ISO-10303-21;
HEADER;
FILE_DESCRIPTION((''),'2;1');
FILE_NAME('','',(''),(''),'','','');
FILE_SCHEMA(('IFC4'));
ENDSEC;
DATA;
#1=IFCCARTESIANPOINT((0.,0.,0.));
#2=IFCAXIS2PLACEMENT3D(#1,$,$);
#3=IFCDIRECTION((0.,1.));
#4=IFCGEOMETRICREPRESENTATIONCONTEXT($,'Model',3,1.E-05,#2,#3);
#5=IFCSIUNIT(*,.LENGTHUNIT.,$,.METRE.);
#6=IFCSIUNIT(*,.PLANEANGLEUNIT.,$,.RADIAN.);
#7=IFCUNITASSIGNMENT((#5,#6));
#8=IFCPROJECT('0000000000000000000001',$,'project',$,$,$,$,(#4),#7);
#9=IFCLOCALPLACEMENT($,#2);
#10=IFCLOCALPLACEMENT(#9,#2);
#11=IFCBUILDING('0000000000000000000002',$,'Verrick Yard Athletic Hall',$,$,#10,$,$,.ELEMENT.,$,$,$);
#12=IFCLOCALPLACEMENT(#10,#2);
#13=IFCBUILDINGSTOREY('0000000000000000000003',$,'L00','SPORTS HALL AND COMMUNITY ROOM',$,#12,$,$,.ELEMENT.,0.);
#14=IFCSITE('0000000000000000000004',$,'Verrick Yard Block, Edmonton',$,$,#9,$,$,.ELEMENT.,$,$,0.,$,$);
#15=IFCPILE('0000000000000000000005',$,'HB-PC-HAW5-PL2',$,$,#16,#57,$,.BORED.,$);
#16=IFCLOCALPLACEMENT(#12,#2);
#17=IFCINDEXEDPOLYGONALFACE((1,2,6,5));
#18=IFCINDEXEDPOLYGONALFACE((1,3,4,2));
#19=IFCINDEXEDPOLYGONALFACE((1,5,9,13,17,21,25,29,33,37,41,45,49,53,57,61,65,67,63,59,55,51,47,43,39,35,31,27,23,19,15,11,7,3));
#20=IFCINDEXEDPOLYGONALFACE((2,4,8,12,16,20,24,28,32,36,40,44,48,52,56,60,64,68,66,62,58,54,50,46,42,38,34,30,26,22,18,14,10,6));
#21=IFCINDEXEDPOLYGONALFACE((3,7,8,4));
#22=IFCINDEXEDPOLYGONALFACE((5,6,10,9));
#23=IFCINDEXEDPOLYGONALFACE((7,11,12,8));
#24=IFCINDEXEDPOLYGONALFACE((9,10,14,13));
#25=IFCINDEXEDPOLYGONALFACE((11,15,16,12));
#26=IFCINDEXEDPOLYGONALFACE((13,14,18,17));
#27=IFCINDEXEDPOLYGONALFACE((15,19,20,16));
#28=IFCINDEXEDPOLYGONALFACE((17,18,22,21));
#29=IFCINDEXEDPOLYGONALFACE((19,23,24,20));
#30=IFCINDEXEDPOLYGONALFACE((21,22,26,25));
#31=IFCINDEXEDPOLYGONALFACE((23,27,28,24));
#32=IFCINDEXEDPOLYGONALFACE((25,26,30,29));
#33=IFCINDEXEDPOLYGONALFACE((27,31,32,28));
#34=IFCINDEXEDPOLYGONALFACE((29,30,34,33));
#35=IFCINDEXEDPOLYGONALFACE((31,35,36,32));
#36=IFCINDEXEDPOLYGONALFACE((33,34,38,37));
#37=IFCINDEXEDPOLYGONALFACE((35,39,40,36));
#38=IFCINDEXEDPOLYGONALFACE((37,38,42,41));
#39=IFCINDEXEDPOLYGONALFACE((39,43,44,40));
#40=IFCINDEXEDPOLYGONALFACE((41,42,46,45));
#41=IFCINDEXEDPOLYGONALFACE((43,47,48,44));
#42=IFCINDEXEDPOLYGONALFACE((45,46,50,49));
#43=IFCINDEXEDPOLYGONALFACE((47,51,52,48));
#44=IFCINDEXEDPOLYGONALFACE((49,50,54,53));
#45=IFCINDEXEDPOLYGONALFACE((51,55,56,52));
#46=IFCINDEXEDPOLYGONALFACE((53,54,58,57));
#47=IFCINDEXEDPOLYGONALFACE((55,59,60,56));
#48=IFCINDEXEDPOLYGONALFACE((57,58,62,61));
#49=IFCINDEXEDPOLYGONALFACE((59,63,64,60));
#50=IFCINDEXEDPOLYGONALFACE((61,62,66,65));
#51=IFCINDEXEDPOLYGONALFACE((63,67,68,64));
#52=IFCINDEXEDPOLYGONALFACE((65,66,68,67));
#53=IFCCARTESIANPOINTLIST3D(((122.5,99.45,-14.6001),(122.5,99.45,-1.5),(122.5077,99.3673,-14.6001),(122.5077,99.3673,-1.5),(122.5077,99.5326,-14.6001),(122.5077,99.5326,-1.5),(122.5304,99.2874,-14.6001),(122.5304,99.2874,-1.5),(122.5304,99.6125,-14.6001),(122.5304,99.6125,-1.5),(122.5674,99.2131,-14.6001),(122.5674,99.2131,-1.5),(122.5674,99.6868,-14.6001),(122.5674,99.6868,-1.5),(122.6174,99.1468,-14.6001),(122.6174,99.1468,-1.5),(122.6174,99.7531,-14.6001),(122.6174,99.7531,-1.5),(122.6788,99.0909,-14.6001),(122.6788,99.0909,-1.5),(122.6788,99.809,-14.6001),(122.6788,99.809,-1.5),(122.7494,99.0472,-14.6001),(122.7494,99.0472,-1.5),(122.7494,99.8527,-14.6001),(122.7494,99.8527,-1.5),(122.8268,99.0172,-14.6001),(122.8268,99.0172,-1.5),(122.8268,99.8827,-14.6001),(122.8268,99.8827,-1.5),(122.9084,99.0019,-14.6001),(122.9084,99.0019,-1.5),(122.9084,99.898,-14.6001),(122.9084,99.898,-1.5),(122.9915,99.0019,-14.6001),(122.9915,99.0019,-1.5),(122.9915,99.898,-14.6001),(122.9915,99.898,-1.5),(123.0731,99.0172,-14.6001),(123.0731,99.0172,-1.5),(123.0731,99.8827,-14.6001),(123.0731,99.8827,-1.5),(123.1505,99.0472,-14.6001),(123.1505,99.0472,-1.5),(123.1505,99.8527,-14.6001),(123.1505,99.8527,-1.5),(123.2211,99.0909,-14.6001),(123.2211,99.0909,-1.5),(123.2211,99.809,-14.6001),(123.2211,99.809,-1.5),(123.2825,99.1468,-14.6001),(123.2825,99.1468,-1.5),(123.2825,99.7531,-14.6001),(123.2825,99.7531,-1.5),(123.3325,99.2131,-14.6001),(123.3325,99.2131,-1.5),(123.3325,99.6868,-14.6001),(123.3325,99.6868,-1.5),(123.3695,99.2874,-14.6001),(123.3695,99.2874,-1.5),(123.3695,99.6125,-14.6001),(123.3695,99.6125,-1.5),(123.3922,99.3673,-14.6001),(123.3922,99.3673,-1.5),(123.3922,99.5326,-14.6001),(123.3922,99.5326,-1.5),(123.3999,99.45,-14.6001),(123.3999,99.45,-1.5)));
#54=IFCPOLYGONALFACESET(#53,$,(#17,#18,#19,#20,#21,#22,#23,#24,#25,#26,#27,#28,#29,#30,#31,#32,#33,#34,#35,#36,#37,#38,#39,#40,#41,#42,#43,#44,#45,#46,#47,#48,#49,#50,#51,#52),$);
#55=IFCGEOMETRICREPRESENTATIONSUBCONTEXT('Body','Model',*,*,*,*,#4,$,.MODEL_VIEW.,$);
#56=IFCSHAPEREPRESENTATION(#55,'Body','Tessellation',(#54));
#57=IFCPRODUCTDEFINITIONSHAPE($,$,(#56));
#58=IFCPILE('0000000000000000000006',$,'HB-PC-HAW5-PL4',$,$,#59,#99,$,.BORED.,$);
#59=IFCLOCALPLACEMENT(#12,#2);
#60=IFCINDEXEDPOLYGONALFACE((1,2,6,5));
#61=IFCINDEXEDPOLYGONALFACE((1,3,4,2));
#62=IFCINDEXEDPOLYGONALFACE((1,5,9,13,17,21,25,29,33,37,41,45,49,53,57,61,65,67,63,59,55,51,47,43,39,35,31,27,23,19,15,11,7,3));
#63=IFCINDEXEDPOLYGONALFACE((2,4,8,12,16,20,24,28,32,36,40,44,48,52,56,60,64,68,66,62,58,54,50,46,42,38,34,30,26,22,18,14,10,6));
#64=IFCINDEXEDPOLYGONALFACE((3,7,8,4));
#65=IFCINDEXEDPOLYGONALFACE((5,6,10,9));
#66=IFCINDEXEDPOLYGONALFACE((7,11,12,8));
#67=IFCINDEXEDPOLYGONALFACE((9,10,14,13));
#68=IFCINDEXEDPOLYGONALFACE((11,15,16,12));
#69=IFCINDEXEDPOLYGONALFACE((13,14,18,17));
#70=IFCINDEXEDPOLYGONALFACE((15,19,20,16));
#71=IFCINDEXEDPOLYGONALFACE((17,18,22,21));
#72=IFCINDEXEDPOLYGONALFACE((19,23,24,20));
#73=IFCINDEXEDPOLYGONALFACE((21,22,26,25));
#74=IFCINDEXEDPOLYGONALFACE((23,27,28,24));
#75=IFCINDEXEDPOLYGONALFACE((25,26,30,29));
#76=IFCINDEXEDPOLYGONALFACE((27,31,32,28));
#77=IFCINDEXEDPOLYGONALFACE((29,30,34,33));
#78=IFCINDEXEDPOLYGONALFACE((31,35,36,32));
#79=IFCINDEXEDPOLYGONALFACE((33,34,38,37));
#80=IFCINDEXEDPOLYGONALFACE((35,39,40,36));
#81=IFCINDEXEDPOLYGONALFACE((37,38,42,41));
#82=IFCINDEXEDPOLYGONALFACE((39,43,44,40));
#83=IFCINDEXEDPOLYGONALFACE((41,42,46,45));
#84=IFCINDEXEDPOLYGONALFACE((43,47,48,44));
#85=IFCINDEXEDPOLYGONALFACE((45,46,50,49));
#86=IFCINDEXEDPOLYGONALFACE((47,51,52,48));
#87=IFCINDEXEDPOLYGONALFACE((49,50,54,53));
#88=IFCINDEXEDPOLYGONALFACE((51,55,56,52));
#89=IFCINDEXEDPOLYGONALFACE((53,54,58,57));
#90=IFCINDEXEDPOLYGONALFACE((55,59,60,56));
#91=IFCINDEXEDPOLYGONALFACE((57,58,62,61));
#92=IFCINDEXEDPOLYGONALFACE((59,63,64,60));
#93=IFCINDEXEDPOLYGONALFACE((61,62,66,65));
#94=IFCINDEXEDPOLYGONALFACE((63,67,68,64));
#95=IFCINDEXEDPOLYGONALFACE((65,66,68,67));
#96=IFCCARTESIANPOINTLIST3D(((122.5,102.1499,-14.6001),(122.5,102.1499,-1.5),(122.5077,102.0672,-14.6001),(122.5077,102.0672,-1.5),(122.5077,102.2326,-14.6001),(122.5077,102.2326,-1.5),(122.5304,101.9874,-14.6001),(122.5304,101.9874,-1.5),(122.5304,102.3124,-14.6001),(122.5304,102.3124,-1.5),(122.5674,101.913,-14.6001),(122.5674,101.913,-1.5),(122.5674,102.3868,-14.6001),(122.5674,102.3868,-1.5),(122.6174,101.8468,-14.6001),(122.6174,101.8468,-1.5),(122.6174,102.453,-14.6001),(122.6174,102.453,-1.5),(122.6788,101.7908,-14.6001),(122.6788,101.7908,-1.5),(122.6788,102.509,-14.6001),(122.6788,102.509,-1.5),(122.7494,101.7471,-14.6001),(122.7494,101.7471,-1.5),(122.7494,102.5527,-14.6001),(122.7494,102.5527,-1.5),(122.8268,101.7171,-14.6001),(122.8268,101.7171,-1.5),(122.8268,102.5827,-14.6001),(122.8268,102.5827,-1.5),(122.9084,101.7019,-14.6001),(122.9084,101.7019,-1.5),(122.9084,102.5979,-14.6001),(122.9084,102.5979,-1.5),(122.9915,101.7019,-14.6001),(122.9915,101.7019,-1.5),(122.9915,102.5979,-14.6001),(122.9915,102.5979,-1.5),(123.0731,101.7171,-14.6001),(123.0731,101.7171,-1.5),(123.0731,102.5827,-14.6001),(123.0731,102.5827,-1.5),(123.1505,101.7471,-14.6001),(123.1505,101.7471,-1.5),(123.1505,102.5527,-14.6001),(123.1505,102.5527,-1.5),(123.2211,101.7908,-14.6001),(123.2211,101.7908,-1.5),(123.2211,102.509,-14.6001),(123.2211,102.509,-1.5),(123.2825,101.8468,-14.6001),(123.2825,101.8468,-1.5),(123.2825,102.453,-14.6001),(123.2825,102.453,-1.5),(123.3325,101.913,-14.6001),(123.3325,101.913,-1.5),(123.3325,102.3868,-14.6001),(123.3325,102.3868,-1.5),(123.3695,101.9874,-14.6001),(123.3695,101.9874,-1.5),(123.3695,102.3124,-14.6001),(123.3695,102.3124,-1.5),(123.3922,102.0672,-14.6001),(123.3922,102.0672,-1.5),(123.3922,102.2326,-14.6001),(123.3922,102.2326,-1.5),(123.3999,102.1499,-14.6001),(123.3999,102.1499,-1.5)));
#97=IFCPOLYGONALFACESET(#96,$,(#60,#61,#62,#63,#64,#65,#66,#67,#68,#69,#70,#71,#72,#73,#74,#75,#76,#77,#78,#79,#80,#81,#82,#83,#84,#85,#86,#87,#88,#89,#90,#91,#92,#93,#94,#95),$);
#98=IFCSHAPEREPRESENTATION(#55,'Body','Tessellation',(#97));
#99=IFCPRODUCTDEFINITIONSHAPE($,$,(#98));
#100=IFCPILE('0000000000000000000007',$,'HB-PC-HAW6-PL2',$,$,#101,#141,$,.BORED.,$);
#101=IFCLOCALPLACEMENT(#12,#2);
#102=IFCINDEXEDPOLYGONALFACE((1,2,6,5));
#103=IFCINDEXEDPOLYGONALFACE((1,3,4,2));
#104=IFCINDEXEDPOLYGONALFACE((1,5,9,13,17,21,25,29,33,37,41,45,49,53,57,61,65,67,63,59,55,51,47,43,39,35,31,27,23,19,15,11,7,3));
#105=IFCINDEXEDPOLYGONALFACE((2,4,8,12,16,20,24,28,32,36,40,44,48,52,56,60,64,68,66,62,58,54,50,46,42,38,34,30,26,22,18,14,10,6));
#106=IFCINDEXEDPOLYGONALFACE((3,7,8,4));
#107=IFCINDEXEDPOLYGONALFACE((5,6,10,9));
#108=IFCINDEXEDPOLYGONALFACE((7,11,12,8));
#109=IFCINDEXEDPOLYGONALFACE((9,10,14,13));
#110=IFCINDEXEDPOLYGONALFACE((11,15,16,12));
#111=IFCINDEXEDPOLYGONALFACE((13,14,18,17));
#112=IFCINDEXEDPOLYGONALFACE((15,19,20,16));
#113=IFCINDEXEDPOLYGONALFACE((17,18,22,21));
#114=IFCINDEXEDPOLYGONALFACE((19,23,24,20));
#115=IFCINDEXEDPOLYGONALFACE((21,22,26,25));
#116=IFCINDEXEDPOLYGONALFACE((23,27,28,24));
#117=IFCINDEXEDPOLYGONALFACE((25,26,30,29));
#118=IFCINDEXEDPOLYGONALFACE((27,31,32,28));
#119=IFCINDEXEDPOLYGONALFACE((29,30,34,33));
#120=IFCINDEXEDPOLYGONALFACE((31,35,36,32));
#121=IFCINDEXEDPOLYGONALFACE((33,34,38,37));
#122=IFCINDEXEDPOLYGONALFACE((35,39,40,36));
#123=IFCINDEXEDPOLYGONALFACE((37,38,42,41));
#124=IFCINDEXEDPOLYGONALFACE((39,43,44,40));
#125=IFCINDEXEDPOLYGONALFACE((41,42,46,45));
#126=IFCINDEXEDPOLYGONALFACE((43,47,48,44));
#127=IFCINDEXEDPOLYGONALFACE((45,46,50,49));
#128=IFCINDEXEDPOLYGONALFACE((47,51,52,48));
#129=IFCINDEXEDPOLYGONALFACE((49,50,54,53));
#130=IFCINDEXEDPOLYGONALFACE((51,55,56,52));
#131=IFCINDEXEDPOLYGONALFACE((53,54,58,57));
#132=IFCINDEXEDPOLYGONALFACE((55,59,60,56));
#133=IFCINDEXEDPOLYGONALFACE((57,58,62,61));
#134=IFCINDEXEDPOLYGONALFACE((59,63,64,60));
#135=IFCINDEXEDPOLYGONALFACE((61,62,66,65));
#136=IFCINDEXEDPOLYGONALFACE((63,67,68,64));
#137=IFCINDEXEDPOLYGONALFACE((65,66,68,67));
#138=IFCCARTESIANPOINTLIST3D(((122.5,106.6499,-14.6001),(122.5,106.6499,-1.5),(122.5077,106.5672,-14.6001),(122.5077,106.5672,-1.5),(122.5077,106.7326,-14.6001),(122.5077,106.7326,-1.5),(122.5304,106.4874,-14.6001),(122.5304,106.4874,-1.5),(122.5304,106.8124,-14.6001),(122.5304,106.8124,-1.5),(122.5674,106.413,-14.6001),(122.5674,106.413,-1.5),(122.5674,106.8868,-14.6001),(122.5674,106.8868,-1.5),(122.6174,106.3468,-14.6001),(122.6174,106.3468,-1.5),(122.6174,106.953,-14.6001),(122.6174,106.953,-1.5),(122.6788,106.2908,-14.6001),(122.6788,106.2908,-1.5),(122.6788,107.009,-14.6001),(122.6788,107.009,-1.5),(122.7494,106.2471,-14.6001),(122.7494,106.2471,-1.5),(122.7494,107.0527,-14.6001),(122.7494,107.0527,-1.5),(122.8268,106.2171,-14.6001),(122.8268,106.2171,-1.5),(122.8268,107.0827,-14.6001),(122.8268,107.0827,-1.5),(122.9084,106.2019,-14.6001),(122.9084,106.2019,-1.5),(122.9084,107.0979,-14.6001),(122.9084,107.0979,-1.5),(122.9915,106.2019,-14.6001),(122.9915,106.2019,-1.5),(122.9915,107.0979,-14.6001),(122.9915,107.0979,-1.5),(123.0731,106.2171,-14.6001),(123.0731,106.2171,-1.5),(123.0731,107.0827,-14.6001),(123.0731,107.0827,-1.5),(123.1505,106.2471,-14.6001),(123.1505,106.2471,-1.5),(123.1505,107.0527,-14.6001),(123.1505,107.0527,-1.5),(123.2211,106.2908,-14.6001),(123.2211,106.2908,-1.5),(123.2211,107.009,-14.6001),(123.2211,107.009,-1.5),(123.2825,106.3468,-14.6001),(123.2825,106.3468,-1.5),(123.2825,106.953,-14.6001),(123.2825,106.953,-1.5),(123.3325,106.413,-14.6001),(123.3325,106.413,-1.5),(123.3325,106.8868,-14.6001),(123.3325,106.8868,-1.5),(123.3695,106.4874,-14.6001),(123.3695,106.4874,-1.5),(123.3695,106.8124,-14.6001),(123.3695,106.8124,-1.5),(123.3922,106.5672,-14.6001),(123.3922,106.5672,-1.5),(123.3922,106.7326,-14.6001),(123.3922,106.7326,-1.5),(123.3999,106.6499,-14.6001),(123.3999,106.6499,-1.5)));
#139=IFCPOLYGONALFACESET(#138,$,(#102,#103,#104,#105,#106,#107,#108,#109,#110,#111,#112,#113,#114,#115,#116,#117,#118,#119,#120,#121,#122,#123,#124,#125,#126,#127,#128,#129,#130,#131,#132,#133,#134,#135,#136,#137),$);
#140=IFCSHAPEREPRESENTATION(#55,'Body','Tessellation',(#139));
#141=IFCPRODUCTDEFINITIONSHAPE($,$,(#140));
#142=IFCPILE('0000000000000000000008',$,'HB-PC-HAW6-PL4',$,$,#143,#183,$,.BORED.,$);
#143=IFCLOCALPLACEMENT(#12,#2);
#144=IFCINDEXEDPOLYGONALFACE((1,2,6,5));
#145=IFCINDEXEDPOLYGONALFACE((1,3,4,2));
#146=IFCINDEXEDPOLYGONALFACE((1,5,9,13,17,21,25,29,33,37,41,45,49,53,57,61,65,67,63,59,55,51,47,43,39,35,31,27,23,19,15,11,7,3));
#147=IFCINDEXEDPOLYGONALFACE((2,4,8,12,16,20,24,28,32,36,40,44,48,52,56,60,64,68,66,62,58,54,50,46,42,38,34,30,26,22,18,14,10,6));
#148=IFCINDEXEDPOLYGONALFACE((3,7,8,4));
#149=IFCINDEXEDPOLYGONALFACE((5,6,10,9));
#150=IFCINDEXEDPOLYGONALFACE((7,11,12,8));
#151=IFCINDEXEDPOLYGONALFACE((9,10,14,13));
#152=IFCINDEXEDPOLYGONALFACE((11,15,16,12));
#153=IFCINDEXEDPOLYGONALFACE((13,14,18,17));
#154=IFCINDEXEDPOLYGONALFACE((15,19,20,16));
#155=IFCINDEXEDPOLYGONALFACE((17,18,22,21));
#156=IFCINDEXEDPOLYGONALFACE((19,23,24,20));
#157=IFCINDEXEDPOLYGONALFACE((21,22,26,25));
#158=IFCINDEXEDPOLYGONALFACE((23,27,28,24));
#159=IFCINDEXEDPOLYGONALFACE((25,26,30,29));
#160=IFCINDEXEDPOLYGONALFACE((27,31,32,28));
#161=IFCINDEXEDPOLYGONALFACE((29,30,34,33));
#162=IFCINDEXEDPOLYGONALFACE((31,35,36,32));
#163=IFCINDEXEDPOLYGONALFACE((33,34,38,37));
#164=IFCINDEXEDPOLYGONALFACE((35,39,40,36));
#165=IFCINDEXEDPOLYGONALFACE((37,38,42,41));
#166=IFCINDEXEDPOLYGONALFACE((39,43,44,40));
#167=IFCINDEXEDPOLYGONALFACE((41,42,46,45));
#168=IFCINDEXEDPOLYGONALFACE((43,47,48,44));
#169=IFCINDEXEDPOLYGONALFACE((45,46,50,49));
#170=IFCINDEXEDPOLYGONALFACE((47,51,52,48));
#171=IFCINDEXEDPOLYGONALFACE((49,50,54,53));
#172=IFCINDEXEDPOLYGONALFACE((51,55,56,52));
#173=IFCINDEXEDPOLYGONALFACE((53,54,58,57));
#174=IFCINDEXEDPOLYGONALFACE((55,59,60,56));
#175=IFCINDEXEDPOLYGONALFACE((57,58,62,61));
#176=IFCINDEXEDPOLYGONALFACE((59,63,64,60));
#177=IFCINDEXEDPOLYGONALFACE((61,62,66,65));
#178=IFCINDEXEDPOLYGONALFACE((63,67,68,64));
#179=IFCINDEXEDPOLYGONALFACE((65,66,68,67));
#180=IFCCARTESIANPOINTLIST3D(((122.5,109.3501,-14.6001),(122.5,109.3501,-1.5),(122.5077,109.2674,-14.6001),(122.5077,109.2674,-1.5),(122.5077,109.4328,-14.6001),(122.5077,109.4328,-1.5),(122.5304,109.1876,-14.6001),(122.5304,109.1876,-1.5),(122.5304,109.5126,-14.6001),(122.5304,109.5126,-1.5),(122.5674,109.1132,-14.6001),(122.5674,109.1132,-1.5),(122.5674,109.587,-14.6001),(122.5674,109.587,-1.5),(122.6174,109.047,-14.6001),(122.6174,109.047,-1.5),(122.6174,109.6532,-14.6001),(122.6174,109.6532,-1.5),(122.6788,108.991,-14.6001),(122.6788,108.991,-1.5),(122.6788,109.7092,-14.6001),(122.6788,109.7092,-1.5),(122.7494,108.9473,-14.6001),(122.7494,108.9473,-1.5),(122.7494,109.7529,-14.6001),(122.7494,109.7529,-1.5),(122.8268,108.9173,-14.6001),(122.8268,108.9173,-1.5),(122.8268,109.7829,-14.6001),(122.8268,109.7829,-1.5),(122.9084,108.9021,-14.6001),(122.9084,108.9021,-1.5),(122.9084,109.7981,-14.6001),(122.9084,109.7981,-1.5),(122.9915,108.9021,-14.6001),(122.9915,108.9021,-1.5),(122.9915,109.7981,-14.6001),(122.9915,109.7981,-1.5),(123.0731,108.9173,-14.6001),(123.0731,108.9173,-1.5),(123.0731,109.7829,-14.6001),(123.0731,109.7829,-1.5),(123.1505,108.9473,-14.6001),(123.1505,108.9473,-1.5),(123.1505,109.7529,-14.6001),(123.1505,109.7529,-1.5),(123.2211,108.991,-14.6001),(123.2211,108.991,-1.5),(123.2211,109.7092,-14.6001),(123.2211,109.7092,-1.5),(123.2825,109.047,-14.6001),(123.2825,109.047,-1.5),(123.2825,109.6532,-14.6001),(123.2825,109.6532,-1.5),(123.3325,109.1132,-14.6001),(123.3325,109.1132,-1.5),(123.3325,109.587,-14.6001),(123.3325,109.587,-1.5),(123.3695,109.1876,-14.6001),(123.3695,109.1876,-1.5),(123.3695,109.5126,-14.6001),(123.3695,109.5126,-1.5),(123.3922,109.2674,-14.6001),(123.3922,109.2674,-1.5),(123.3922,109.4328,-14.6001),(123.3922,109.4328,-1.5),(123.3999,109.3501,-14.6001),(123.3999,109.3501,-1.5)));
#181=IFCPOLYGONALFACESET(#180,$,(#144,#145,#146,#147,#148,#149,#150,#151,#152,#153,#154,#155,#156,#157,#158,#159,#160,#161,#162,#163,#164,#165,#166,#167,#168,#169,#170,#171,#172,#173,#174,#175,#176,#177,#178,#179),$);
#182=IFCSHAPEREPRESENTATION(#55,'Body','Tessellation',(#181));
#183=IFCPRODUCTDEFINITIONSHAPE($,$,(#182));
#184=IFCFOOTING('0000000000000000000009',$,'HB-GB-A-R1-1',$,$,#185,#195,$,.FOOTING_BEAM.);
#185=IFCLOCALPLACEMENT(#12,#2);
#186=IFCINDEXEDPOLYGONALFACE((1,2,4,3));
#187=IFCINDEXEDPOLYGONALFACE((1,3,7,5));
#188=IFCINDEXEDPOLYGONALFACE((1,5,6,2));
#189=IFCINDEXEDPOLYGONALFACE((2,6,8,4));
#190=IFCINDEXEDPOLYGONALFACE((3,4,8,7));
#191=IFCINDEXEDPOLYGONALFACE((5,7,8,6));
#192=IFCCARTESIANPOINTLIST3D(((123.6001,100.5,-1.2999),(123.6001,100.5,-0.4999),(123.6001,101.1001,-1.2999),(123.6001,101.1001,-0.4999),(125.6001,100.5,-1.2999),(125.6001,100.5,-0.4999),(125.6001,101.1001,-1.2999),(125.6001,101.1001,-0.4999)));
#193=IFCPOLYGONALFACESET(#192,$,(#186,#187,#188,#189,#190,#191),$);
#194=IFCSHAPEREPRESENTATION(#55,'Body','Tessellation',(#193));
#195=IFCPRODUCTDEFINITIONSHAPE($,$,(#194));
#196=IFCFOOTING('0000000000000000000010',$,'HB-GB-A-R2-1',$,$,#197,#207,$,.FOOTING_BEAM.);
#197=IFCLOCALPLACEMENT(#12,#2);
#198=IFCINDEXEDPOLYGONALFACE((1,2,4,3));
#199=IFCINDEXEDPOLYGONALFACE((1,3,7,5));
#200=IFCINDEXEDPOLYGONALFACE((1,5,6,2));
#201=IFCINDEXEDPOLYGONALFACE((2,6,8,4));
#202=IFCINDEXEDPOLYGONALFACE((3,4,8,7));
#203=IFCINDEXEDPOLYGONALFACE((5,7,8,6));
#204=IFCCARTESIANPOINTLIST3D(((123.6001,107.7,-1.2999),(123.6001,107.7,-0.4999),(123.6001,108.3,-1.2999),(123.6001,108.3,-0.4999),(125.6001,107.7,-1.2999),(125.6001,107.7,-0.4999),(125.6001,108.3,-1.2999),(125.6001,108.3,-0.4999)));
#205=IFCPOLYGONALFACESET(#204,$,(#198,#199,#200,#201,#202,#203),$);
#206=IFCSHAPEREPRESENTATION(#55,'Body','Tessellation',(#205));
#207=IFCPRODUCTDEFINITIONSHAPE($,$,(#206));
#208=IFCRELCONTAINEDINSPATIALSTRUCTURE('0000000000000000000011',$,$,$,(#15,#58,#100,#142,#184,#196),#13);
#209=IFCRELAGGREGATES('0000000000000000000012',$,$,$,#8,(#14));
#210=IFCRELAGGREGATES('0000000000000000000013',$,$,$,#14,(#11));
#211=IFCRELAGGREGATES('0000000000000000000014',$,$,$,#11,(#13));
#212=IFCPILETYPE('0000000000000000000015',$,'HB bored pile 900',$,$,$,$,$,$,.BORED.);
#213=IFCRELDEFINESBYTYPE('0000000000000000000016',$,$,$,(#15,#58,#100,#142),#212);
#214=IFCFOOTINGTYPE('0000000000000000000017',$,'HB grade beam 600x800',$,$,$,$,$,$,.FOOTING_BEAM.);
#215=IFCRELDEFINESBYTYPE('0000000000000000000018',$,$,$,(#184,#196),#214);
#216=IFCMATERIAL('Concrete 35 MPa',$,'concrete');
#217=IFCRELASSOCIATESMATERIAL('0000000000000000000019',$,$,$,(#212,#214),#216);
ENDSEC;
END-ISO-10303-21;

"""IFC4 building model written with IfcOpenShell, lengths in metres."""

from ifc_helpers import new_model, si_unit, direction, frame, origin, origin_2d, place, context, subcontext, project, spatial, rectangle, circle, extrude, material, material_profile, profile_set, type_object, element, save


model = new_model("IFC4")

# Units and contexts
model_context = context("Model", 3, precision=1e-05, world=origin(), true_north=direction((0.0, 1.0)))
body_context = subcontext(model_context, "Body", "Model", "MODEL_VIEW")
ifc_project = project(units=[si_unit("LENGTHUNIT", "METRE"), si_unit("PLANEANGLEUNIT", "RADIAN")], contexts=[model_context])

# Site, building, storey
site_placement = place(None, origin())
site = spatial("IfcSite", under=ifc_project, at=site_placement, Name="Verrick Yard Block, Edmonton", CompositionType="ELEMENT", RefElevation=0.0)
building_placement = place(site_placement, origin())
building = spatial("IfcBuilding", under=site, at=building_placement, Name="Verrick Yard Athletic Hall", CompositionType="ELEMENT")
storey_placement = place(building_placement, origin())
storey = spatial("IfcBuildingStorey", under=building, at=storey_placement, Name="L00", Description="SPORTS HALL AND COMMUNITY ROOM", CompositionType="ELEMENT", Elevation=0.0)

# Piles
ifc_material_1 = material(Name="Concrete 35 MPa", Category="concrete")
ifc_material_profile_1 = material_profile(ifc_material_1, circle(Radius=0.45, at=origin_2d()), Name="Bored pile 900")
ifc_profile_set_1 = profile_set([ifc_material_profile_1], Name="Concrete 35 MPa")
pile_type = type_object("IfcPileType", Name="HB bored pile 900", PredefinedType="BORED", material=ifc_profile_set_1)
for number, where, z_axis, x_axis, name in (
    (1, (122.95, 99.45, -1.5), (0.0, 0.0, -1.0), (1.0, 0.0, 0.0), "HB-PC-HAW5-PL2"),
    (2, (122.95, 102.1499, -1.5), (0.0, 0.0, -1.0), (1.0, 0.0, 0.0), "HB-PC-HAW5-PL4"),
    (3, (122.95, 106.6499, -1.5), (0.0, 0.0, -1.0), (1.0, 0.0, 0.0), "HB-PC-HAW6-PL2"),
    (4, (122.95, 109.3501, -1.5), (0.0, 0.0, -1.0), (1.0, 0.0, 0.0), "HB-PC-HAW6-PL4"),
):
    element("IfcPile", number, at=place(storey_placement, frame(where, z_axis=z_axis, x_axis=x_axis)), inside=storey, type_object=pile_type, Name=name, PredefinedType="BORED", context=body_context, shape_type="SweptSolid", body=[
        extrude(circle(Radius=0.45, at=origin_2d()), origin(), (0.0, 0.0, 1.0), 13.1001),
    ])

# Footings
ifc_material_profile_2 = material_profile(ifc_material_1, rectangle(XDim=0.6001, YDim=0.8, at=origin_2d()), Name="Grade beam 600x800")
ifc_profile_set_2 = profile_set([ifc_material_profile_2], Name="Concrete 35 MPa")
footing_type = type_object("IfcFootingType", Name="HB grade beam 600x800", PredefinedType="FOOTING_BEAM", material=ifc_profile_set_2)
for number, where, z_axis, x_axis, name in (
    (5, (123.6001, 100.8, -0.8999), (1.0, 0.0, 0.0), (0.0, 1.0, 0.0), "HB-GB-A-R1-1"),
    (6, (123.6001, 108.0, -0.8999), (1.0, 0.0, 0.0), (0.0, 1.0, 0.0), "HB-GB-A-R2-1"),
):
    element("IfcFooting", number, at=place(storey_placement, frame(where, z_axis=z_axis, x_axis=x_axis)), inside=storey, type_object=footing_type, Name=name, PredefinedType="FOOTING_BEAM", context=body_context, shape_type="SweptSolid", body=[
        extrude(rectangle(XDim=0.6001, YDim=0.8, at=origin_2d()), origin(), (0.0, 0.0, 1.0), 2.0),
    ])

save(model, "model.ifc")
